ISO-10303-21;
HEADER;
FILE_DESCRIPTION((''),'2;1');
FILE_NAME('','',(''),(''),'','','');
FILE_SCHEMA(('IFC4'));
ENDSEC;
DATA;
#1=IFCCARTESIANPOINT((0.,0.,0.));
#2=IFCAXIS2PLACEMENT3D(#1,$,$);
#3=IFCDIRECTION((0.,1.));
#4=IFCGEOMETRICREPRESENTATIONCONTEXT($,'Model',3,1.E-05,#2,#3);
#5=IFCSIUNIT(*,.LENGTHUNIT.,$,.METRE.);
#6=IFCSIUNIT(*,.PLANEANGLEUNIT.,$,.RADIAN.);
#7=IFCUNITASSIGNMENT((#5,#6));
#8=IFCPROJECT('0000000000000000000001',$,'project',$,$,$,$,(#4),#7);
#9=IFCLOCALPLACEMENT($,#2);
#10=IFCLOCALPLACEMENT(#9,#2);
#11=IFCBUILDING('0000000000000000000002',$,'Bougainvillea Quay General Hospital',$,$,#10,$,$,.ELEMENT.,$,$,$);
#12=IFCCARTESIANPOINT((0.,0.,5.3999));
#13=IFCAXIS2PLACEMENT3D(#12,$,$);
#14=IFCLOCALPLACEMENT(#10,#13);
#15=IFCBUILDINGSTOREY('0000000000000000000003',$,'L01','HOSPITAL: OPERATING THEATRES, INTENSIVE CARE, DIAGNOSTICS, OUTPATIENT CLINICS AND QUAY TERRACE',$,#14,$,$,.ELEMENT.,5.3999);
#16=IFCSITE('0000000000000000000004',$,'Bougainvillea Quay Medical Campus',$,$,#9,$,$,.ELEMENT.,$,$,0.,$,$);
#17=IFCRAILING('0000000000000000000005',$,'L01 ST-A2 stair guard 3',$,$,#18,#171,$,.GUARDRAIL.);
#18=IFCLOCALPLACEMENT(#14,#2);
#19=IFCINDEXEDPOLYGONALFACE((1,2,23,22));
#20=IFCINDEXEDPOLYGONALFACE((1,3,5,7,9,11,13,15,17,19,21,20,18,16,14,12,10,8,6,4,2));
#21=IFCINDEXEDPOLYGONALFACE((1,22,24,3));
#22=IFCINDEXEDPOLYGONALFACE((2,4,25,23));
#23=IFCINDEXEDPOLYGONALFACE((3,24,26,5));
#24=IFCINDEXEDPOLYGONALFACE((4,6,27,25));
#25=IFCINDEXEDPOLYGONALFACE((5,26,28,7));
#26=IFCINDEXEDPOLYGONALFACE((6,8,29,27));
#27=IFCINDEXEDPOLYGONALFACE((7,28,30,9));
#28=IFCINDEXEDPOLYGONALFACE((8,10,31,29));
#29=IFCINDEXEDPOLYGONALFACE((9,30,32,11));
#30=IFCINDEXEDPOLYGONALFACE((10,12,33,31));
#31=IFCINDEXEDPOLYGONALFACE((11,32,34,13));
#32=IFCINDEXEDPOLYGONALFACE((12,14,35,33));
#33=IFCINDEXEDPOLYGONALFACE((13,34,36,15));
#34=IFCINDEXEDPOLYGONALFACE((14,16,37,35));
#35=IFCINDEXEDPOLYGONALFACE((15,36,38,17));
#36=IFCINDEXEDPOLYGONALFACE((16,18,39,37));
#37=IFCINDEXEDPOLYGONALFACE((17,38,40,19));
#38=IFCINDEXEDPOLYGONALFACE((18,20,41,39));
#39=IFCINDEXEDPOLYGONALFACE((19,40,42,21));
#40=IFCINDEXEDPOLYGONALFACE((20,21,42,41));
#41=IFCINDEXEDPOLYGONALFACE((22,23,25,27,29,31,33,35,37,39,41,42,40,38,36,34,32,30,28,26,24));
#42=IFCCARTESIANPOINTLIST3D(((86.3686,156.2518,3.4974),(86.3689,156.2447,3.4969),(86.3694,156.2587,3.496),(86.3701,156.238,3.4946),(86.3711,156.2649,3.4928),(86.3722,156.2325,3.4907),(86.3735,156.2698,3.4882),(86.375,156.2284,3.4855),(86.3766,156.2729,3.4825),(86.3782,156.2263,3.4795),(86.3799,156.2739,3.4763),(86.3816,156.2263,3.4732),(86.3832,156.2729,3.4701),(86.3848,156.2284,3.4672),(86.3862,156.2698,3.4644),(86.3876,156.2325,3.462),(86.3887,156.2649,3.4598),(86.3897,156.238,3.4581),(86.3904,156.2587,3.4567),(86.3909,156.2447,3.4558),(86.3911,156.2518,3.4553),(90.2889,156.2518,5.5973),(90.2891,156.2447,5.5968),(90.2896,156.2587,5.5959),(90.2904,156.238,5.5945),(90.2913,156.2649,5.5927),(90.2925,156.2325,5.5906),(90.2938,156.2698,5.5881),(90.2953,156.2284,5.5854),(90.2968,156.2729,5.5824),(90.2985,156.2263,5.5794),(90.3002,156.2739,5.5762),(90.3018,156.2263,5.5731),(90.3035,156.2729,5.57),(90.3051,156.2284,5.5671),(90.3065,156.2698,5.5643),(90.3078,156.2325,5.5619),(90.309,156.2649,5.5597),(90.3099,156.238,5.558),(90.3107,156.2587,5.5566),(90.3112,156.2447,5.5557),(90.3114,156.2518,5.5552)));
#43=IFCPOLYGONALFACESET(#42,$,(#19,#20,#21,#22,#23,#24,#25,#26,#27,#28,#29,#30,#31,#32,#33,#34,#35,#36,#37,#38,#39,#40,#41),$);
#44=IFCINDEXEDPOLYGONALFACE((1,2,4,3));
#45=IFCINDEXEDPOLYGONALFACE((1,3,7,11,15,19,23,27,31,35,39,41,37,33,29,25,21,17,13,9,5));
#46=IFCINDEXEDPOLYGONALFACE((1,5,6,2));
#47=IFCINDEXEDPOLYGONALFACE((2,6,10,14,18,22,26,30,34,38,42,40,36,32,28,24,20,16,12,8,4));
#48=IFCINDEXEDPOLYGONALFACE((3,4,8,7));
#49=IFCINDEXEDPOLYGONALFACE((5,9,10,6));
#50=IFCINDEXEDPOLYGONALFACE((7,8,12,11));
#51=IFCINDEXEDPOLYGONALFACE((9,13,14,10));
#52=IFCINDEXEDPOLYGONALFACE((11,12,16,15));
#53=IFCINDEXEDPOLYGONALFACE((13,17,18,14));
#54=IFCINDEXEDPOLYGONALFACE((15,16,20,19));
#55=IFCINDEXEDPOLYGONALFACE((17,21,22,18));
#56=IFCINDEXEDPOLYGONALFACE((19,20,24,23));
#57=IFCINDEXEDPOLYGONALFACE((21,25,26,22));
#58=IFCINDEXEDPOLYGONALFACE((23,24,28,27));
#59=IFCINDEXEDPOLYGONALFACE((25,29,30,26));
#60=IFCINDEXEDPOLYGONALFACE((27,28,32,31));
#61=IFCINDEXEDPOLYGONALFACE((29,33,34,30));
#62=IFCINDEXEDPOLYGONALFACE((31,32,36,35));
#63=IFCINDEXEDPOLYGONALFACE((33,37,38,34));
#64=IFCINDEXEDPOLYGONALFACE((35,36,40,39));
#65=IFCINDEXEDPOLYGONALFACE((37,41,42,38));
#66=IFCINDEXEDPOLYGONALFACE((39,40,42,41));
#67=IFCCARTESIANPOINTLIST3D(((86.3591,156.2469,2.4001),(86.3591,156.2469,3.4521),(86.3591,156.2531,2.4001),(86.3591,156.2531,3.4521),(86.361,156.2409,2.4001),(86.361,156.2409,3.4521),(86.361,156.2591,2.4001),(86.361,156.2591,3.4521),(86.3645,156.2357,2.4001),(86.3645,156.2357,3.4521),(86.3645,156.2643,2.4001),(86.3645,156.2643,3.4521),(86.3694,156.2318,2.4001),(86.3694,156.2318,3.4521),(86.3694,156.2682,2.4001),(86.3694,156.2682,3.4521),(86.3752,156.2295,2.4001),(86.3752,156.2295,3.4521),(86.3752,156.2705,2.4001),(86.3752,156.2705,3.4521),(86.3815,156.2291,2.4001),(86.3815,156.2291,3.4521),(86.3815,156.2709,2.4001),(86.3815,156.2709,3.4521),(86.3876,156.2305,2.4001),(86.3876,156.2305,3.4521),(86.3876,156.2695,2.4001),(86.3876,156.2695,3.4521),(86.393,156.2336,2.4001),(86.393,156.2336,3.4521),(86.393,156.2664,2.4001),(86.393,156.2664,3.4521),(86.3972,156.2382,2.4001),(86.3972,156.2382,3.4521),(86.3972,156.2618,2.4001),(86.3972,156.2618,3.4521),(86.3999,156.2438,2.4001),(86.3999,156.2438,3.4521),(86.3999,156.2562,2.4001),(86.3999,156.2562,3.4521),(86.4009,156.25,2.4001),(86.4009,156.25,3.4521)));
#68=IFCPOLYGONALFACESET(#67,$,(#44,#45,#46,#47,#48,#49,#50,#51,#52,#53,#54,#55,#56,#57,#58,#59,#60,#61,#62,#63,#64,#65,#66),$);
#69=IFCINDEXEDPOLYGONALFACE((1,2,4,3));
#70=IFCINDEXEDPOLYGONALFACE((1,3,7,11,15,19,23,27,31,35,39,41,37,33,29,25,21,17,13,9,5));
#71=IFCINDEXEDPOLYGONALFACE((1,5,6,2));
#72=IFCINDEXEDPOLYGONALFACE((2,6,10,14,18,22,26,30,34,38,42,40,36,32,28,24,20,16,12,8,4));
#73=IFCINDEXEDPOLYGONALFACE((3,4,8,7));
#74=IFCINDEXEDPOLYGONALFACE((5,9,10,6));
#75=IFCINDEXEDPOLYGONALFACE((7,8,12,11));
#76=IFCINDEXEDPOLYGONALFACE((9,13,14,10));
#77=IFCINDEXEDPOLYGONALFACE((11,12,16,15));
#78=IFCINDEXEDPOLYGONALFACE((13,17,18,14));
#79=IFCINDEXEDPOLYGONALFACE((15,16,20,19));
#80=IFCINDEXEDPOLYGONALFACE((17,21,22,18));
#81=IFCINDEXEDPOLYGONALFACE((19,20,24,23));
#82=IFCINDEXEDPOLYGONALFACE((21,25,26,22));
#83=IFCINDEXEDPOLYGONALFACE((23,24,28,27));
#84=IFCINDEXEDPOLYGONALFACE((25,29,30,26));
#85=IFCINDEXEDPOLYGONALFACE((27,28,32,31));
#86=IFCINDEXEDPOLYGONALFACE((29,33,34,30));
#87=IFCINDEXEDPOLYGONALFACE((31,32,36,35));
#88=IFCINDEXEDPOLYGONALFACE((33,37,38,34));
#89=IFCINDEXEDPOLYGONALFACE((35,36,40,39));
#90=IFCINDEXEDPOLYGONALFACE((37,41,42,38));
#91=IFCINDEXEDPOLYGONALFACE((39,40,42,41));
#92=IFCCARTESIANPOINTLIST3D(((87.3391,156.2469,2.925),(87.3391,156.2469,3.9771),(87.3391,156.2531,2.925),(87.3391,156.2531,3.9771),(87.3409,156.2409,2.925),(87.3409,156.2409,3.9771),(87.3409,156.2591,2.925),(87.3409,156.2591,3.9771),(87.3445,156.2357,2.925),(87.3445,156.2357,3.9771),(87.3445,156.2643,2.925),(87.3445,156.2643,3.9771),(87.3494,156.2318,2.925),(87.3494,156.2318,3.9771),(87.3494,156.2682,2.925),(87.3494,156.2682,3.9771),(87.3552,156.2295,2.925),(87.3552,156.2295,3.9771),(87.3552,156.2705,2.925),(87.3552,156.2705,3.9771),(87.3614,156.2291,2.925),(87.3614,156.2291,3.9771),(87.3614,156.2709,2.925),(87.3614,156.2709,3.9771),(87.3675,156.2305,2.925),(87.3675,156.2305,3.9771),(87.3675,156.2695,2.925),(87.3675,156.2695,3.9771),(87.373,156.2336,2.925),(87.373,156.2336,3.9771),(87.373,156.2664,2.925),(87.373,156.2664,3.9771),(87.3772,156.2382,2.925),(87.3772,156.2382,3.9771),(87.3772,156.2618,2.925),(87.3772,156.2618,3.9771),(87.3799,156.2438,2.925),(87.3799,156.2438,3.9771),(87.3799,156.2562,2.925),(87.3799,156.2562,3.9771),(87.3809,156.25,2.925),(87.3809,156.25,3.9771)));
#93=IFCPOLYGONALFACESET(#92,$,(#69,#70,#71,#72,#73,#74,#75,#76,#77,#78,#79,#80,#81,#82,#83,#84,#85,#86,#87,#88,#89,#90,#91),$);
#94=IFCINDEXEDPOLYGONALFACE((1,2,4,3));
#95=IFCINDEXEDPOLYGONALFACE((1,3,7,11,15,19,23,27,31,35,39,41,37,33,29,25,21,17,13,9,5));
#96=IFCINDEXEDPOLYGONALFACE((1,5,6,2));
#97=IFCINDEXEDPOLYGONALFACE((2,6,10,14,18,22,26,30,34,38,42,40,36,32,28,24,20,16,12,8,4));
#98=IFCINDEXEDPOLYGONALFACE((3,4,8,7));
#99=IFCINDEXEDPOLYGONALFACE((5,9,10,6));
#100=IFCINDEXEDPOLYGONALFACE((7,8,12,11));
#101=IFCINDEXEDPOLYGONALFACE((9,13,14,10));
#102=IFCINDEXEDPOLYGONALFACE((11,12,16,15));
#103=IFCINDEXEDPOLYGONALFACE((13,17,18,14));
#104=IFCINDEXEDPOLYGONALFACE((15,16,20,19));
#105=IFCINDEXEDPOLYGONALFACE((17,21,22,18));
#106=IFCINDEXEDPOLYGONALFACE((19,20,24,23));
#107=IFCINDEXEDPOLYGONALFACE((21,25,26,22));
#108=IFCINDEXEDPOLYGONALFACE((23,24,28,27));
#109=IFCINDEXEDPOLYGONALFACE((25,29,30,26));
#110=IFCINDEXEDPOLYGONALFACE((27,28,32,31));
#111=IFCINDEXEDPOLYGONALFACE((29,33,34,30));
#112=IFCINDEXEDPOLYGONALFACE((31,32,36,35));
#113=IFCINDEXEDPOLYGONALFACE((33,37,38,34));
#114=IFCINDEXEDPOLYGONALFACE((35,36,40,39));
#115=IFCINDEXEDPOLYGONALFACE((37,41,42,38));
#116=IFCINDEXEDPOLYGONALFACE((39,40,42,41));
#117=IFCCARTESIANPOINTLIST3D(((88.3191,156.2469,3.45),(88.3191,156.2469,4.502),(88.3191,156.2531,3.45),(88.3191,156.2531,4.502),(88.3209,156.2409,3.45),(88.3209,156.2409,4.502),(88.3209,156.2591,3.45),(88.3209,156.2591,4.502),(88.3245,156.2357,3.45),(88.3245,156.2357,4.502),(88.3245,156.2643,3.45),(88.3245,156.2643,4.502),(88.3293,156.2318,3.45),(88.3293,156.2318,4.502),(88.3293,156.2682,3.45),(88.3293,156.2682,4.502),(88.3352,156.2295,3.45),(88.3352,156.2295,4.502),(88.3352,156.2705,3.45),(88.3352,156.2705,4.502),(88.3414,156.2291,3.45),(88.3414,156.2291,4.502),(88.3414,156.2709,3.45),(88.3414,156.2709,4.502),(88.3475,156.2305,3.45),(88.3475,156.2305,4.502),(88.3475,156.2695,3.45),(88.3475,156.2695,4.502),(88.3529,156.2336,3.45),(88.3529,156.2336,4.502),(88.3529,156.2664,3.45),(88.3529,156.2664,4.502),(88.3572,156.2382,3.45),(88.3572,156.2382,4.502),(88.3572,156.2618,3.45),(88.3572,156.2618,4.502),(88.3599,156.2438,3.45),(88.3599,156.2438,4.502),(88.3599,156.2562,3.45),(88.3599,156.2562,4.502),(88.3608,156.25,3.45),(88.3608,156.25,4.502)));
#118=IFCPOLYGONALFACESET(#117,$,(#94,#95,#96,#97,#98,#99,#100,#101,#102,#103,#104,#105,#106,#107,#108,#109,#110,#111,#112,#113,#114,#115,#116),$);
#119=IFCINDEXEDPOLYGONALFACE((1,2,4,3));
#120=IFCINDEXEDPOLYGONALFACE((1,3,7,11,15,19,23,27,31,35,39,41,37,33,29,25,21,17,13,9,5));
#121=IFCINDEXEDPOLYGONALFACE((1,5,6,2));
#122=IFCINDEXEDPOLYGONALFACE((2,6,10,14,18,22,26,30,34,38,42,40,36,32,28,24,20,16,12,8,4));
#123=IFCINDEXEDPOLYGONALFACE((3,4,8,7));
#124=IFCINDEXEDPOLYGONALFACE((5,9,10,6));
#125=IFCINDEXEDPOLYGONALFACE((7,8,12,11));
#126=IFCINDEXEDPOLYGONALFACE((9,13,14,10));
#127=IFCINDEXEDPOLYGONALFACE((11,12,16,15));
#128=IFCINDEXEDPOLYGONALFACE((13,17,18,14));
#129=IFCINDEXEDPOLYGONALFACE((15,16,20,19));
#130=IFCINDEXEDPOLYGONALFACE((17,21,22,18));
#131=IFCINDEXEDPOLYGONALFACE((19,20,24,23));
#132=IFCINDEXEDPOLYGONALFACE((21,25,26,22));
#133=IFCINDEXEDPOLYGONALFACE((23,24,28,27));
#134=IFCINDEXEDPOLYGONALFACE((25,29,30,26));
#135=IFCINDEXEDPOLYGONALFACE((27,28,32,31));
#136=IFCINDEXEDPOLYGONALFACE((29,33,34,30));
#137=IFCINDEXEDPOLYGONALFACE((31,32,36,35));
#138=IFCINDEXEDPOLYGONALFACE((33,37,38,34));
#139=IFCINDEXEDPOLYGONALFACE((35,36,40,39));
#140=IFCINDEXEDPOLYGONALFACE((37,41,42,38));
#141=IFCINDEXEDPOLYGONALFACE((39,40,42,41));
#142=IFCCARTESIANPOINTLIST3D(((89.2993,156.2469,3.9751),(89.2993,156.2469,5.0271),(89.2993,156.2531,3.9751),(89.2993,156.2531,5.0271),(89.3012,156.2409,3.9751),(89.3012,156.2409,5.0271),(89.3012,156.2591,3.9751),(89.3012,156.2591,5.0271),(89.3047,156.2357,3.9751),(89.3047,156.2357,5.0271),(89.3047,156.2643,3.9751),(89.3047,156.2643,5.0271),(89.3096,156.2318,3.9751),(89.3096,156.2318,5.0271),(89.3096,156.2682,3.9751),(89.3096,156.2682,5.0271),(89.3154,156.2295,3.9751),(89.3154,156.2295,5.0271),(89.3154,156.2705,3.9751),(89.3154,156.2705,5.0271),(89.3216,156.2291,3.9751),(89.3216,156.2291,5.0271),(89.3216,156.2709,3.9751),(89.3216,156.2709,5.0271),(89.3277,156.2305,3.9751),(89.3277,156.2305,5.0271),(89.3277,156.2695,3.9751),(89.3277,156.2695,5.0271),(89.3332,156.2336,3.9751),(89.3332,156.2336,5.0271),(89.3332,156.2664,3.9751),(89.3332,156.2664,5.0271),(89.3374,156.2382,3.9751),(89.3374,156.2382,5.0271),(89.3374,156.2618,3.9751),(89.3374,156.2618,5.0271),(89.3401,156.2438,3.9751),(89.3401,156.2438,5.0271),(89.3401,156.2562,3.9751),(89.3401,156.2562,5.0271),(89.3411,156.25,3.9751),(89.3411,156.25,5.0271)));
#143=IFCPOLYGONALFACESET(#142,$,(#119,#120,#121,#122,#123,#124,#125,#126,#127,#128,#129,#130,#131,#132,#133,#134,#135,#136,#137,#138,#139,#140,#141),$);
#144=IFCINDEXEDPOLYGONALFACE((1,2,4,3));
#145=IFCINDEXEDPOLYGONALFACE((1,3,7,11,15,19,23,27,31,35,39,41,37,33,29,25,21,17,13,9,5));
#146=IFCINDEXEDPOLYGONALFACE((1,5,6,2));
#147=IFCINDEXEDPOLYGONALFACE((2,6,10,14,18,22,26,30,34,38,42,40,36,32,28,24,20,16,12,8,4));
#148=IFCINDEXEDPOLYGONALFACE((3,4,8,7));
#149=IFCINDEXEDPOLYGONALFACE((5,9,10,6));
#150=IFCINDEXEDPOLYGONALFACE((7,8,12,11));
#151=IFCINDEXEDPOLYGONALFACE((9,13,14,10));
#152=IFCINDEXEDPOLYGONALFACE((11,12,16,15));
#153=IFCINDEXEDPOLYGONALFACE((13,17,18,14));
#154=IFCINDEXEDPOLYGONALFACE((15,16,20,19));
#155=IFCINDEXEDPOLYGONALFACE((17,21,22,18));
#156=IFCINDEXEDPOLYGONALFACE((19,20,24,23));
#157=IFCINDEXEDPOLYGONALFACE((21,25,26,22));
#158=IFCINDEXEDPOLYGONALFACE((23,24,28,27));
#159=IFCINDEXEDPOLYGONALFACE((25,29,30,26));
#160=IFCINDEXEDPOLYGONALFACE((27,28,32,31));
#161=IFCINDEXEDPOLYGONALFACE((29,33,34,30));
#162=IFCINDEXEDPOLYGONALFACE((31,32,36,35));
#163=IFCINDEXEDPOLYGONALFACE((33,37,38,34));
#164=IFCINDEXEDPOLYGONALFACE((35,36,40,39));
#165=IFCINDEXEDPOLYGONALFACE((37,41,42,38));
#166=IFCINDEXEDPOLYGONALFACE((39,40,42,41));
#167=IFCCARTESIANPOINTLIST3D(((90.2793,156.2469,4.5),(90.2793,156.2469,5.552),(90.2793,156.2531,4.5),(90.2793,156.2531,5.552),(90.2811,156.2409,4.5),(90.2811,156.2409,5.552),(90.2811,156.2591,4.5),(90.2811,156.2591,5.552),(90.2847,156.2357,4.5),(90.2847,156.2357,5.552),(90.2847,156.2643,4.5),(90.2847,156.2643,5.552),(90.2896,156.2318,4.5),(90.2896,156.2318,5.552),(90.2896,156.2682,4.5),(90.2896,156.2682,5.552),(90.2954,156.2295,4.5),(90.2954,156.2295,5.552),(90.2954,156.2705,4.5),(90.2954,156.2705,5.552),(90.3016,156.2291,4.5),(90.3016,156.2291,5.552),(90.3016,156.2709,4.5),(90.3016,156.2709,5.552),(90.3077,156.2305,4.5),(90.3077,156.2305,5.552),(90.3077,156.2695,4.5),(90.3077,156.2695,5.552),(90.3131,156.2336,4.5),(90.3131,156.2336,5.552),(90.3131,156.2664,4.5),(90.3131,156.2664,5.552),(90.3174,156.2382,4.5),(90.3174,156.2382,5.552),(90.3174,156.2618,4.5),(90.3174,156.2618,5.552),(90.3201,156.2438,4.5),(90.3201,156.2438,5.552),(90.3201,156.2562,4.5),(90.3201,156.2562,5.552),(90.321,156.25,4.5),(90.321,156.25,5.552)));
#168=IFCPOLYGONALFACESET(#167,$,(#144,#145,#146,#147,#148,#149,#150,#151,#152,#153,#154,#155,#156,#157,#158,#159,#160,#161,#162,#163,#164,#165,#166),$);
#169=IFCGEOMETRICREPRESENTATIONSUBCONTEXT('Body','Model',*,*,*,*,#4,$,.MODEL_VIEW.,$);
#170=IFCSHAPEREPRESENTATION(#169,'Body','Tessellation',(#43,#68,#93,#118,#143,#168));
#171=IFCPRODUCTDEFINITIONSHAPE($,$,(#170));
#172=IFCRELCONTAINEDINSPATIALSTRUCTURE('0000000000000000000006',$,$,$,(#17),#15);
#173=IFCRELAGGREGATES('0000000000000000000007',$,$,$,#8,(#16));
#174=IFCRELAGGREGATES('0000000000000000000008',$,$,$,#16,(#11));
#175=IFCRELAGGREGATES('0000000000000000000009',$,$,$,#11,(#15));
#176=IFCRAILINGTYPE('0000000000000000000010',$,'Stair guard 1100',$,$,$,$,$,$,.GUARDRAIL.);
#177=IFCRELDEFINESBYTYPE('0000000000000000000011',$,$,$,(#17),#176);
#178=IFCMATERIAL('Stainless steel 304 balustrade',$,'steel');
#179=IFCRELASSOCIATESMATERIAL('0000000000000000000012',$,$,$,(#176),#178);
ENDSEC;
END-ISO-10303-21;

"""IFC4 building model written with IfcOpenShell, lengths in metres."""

from ifc_helpers import new_model, si_unit, direction, frame, origin, origin_2d, place, context, subcontext, project, spatial, circle, extrude, material, type_object, element, save


model = new_model("IFC4")

# Units and contexts
model_context = context("Model", 3, precision=1e-05, world=origin(), true_north=direction((0.0, 1.0)))
body_context = subcontext(model_context, "Body", "Model", "MODEL_VIEW")
ifc_project = project(units=[si_unit("LENGTHUNIT", "METRE"), si_unit("PLANEANGLEUNIT", "RADIAN")], contexts=[model_context])

# Site, building, storey
site_placement = place(None, origin())
site = spatial("IfcSite", under=ifc_project, at=site_placement, Name="Bougainvillea Quay Medical Campus", CompositionType="ELEMENT", RefElevation=0.0)
building_placement = place(site_placement, origin())
building = spatial("IfcBuilding", under=site, at=building_placement, Name="Bougainvillea Quay General Hospital", CompositionType="ELEMENT")
storey_placement = place(building_placement, frame((0.0, 0.0, 5.3999)))
storey = spatial("IfcBuildingStorey", under=building, at=storey_placement, Name="L01", Description="HOSPITAL: OPERATING THEATRES, INTENSIVE CARE, DIAGNOSTICS, OUTPATIENT CLINICS AND QUAY TERRACE", CompositionType="ELEMENT", Elevation=5.3999)

# Railing
ifc_material_1 = material(Name="Stainless steel 304 balustrade", Category="steel")
railing_type_1 = type_object("IfcRailingType", Name="Stair guard 1100", PredefinedType="GUARDRAIL", material=ifc_material_1)
railing_1_placement = place(storey_placement, frame((86.3799, 156.25, 2.4001)))
element("IfcRailing", 1, at=railing_1_placement, inside=storey, type_object=railing_type_1, Name="L01 ST-A2 stair guard 3", PredefinedType="GUARDRAIL", context=body_context, shape_type="SweptSolid", body=[
    extrude(circle(Radius=0.0239, at=origin_2d()), frame((0.0, 0.0, 1.0762), z_axis=(0.881502, 0.0, 0.47218), x_axis=(0.0, 1.0, 0.0)), (0.0, 0.0, 1.0), 4.4473),
    extrude(circle(Radius=0.021, at=origin_2d()), origin(), (0.0, 0.0, 1.0), 1.052),
    extrude(circle(Radius=0.021, at=origin_2d()), frame((0.98, 0.0, 0.5249)), (0.0, 0.0, 1.0), 1.052),
    extrude(circle(Radius=0.021, at=origin_2d()), frame((1.96, 0.0, 1.0498)), (0.0, 0.0, 1.0), 1.052),
    extrude(circle(Radius=0.021, at=origin_2d()), frame((2.9402, 0.0, 1.575)), (0.0, 0.0, 1.0), 1.052),
    extrude(circle(Radius=0.021, at=origin_2d()), frame((3.9202, 0.0, 2.0999)), (0.0, 0.0, 1.0), 1.052),
])

save(model, "model.ifc")
